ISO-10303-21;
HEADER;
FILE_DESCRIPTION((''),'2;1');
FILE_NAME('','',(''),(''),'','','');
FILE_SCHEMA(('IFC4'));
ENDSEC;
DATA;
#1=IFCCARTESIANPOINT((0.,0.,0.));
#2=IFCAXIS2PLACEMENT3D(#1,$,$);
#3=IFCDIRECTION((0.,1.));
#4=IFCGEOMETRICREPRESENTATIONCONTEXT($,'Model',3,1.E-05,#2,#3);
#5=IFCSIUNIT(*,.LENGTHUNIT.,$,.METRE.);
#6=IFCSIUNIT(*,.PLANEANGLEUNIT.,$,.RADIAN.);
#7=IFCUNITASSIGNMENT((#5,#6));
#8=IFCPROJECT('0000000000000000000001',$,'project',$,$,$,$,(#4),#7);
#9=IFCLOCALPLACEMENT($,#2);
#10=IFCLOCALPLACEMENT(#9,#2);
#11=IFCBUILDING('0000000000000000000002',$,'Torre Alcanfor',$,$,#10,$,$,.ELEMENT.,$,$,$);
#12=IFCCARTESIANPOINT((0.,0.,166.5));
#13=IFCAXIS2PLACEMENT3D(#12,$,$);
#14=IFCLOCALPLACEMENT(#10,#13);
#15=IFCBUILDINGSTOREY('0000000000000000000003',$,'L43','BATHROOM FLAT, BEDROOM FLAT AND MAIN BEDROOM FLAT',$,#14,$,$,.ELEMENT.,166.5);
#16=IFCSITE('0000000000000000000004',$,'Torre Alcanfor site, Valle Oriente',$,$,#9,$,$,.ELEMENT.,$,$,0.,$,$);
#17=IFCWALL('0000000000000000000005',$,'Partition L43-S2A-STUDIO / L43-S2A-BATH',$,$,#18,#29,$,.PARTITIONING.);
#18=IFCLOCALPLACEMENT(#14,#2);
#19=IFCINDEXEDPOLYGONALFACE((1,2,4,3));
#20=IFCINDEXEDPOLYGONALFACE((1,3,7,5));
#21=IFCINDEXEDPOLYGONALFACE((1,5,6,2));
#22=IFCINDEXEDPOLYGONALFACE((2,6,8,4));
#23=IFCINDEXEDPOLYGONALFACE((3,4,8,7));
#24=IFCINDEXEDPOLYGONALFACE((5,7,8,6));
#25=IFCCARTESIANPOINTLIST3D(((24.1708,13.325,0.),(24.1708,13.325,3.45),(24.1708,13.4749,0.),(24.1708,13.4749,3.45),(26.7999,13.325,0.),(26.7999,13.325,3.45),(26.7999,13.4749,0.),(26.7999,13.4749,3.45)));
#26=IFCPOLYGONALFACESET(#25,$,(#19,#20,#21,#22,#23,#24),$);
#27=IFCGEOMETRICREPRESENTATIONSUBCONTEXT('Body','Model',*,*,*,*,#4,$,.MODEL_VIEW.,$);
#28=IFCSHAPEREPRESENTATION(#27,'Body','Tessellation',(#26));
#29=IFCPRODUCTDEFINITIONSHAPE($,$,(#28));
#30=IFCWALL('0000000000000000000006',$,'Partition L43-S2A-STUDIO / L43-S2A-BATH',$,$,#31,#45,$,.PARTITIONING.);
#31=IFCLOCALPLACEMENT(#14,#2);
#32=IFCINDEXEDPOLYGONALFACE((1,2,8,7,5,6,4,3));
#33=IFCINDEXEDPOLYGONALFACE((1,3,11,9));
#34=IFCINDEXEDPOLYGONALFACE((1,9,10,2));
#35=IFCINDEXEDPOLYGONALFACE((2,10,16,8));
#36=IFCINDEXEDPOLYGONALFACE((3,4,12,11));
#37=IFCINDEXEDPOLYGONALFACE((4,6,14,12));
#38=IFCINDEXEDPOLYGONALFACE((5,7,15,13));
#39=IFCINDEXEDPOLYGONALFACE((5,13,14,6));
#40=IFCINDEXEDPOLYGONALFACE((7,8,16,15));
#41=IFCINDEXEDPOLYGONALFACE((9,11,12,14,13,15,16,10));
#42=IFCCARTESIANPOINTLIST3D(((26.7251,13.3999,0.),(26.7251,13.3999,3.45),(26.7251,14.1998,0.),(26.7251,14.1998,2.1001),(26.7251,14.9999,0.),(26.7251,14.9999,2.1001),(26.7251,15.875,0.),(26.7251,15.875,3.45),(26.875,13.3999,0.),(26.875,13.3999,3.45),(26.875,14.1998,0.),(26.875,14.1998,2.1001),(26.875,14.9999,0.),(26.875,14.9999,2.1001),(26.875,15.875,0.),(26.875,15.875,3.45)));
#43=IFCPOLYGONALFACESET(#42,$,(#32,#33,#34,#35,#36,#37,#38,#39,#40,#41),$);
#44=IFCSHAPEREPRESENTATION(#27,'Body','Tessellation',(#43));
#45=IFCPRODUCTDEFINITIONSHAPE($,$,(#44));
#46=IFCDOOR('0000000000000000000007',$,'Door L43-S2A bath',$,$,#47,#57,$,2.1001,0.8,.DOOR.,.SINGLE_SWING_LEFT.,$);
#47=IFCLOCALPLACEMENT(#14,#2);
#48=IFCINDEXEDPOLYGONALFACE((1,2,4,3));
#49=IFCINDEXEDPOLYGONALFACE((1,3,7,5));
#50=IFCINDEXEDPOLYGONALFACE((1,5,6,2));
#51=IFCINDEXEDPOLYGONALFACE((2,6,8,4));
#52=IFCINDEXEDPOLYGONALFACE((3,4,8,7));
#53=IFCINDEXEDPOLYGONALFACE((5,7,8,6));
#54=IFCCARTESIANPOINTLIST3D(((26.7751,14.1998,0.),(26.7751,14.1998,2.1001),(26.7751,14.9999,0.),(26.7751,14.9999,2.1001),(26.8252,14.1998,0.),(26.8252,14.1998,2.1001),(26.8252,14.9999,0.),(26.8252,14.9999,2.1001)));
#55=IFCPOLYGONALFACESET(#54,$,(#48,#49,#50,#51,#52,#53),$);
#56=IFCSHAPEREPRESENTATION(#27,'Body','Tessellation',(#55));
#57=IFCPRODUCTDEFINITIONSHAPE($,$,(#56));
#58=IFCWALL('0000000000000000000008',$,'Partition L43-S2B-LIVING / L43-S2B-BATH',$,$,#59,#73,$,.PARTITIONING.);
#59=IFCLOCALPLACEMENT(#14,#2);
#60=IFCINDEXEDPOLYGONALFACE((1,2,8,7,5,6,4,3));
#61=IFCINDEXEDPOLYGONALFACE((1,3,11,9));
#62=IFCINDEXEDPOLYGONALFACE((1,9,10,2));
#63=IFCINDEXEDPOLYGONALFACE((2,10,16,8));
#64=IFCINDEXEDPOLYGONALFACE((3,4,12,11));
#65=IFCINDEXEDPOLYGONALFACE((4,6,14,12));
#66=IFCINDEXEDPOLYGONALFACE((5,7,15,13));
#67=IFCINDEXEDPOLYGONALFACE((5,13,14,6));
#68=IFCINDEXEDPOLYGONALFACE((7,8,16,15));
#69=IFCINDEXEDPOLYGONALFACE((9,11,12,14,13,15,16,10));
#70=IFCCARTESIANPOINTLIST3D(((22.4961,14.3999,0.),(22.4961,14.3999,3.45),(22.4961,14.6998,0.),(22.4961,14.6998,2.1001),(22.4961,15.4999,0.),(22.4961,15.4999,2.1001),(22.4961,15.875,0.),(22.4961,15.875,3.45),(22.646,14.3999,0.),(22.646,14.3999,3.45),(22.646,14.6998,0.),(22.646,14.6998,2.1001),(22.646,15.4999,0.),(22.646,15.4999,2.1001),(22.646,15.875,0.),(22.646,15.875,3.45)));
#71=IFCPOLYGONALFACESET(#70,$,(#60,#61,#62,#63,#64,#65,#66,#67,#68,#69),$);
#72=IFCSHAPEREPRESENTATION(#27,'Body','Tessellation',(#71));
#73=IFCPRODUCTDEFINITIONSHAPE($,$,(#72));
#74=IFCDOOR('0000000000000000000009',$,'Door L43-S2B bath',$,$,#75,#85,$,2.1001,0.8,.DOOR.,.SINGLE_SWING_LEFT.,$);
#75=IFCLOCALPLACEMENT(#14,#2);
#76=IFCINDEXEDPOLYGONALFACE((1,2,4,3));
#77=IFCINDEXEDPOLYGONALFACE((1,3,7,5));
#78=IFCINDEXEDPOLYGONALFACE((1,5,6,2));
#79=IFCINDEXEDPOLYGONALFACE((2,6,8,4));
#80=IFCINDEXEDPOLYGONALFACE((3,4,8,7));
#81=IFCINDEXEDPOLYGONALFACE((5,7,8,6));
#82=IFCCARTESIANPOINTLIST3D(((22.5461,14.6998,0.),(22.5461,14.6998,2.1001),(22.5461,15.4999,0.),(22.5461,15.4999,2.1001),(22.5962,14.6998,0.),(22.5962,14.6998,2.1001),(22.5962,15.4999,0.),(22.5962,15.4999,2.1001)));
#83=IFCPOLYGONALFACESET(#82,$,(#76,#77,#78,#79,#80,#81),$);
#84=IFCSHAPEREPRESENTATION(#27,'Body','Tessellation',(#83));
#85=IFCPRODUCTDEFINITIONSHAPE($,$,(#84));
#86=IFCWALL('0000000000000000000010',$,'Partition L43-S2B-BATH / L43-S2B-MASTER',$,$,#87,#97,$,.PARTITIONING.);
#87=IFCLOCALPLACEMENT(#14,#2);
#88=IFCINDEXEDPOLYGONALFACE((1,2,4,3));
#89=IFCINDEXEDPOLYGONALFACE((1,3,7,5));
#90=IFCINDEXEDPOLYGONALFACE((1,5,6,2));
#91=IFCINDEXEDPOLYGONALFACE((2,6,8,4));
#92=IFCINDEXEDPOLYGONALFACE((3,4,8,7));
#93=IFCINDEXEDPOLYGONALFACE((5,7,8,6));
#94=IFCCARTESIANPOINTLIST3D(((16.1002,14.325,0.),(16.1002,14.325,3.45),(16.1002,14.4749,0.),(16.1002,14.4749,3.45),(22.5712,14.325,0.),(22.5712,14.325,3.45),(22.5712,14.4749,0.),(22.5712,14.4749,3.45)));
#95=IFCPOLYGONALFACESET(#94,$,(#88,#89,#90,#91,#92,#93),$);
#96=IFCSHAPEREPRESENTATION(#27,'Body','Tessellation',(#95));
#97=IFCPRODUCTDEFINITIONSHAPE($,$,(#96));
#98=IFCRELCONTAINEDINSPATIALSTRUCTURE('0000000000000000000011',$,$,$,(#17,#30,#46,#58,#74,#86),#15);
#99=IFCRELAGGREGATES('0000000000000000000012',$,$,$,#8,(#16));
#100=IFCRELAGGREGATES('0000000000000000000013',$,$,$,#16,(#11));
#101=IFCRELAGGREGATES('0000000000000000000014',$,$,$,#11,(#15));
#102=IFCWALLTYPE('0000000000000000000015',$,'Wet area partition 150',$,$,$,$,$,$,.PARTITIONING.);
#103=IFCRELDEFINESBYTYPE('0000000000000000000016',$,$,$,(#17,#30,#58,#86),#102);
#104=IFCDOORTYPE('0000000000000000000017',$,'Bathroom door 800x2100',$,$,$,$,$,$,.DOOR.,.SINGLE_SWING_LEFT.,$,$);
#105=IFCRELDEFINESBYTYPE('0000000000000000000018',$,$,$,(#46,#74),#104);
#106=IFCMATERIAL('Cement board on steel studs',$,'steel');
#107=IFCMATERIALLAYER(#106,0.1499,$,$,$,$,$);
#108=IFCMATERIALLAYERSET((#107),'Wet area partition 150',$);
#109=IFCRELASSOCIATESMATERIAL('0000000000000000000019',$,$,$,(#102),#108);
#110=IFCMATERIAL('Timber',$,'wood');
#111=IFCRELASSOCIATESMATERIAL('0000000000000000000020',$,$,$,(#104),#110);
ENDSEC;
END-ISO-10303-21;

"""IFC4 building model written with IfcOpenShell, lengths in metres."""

from ifc_helpers import new_model, si_unit, direction, frame, frame_2d, origin, place, context, subcontext, project, spatial, rectangle, extrude, material, layer, layer_set, type_object, element, fill, save


model = new_model("IFC4")

# Units and contexts
model_context = context("Model", 3, precision=1e-05, world=origin(), true_north=direction((0.0, 1.0)))
body_context = subcontext(model_context, "Body", "Model", "MODEL_VIEW")
ifc_project = project(units=[si_unit("LENGTHUNIT", "METRE"), si_unit("PLANEANGLEUNIT", "RADIAN")], contexts=[model_context])

# Site, building, storey
site_placement = place(None, origin())
site = spatial("IfcSite", under=ifc_project, at=site_placement, Name="Torre Alcanfor site, Valle Oriente", CompositionType="ELEMENT", RefElevation=0.0)
building_placement = place(site_placement, origin())
building = spatial("IfcBuilding", under=site, at=building_placement, Name="Torre Alcanfor", CompositionType="ELEMENT")
storey_placement = place(building_placement, frame((0.0, 0.0, 166.5)))
storey = spatial("IfcBuildingStorey", under=building, at=storey_placement, Name="L43", Description="BATHROOM FLAT, BEDROOM FLAT AND MAIN BEDROOM FLAT", CompositionType="ELEMENT", Elevation=166.5)

# Wall
ifc_material_1 = material(Name="Cement board on steel studs", Category="steel")
ifc_layer_1 = layer(ifc_material_1, 0.1499)
ifc_layer_set_1 = layer_set([ifc_layer_1], Name="Wet area partition 150")
wall_type_1 = type_object("IfcWallType", Name="Wet area partition 150", PredefinedType="PARTITIONING", material=ifc_layer_set_1)
wall_1_placement = place(storey_placement, frame((24.1709, 13.3999, 0.0), z_axis=(0.0, 0.0, 1.0), x_axis=(1.0, 0.0, 0.0)))
element("IfcWall", 1, at=wall_1_placement, inside=storey, type_object=wall_type_1, Name="Partition L43-S2A-STUDIO / L43-S2A-BATH", PredefinedType="PARTITIONING", context=body_context, shape_type="SweptSolid", body=[
    extrude(rectangle(XDim=2.6292, YDim=0.1499, at=frame_2d((1.3145, 0.0))), origin(), (0.0, 0.0, 1.0), 3.45),
])

# Walls, openings, doors
wall_2_placement = place(storey_placement, frame((26.8, 13.3999, 0.0), z_axis=(0.0, 0.0, 1.0), x_axis=(0.0, 1.0, 0.0)))
wall_2 = element("IfcWall", 2, at=wall_2_placement, inside=storey, type_object=wall_type_1, Name="Partition L43-S2A-STUDIO / L43-S2A-BATH", PredefinedType="PARTITIONING", context=body_context, shape_type="SweptSolid", body=[
    extrude(rectangle(XDim=2.4751, YDim=0.1499, at=frame_2d((1.2375, 0.0))), origin(), (0.0, 0.0, 1.0), 3.45),
])
opening_1_placement = place(wall_2_placement, frame((0.8, 0.0, 0.0)))
opening_1 = element("IfcOpeningElement", 3, at=opening_1_placement, cuts=wall_2, PredefinedType="OPENING", context=body_context, shape_type="SweptSolid", body=[
    extrude(rectangle(XDim=0.8, YDim=2.1001, at=frame_2d((0.3999, 1.05))), frame((0.0, 0.085, 0.0), z_axis=(0.0, -1.0, 0.0), x_axis=(1.0, 0.0, 0.0)), (0.0, 0.0, 1.0), 0.1699),
])
ifc_material_2 = material(Name="Timber", Category="wood")
door_type_1 = type_object("IfcDoorType", Name="Bathroom door 800x2100", OperationType="SINGLE_SWING_LEFT", PredefinedType="DOOR", material=ifc_material_2)
door_1_placement = place(opening_1_placement, origin())
door_1 = element("IfcDoor", 4, at=door_1_placement, inside=storey, type_object=door_type_1, Name="Door L43-S2A bath", OperationType="SINGLE_SWING_LEFT", OverallHeight=2.1001, OverallWidth=0.8, PredefinedType="DOOR", context=body_context, shape_type="SweptSolid", body=[
    extrude(rectangle(XDim=0.8, YDim=2.1001, at=frame_2d((0.3999, 1.05))), frame((0.0, 0.0249, 0.0), z_axis=(0.0, -1.0, 0.0), x_axis=(1.0, 0.0, 0.0)), (0.0, 0.0, 1.0), 0.05),
])
fill(opening_1, door_1)
wall_3_placement = place(storey_placement, frame((22.571, 14.3999, 0.0), z_axis=(0.0, 0.0, 1.0), x_axis=(0.0, 1.0, 0.0)))
wall_3 = element("IfcWall", 5, at=wall_3_placement, inside=storey, type_object=wall_type_1, Name="Partition L43-S2B-LIVING / L43-S2B-BATH", PredefinedType="PARTITIONING", context=body_context, shape_type="SweptSolid", body=[
    extrude(rectangle(XDim=1.4751, YDim=0.1499, at=frame_2d((0.7375, 0.0))), origin(), (0.0, 0.0, 1.0), 3.45),
])
opening_2_placement = place(wall_3_placement, frame((0.3, 0.0, 0.0)))
opening_2 = element("IfcOpeningElement", 6, at=opening_2_placement, cuts=wall_3, PredefinedType="OPENING", context=body_context, shape_type="SweptSolid", body=[
    extrude(rectangle(XDim=0.8, YDim=2.1001, at=frame_2d((0.3999, 1.05))), frame((0.0, 0.085, 0.0), z_axis=(0.0, -1.0, 0.0), x_axis=(1.0, 0.0, 0.0)), (0.0, 0.0, 1.0), 0.1699),
])
door_2_placement = place(opening_2_placement, origin())
door_2 = element("IfcDoor", 7, at=door_2_placement, inside=storey, type_object=door_type_1, Name="Door L43-S2B bath", OperationType="SINGLE_SWING_LEFT", OverallHeight=2.1001, OverallWidth=0.8, PredefinedType="DOOR", context=body_context, shape_type="SweptSolid", body=[
    extrude(rectangle(XDim=0.8, YDim=2.1001, at=frame_2d((0.3999, 1.05))), frame((0.0, 0.0249, 0.0), z_axis=(0.0, -1.0, 0.0), x_axis=(1.0, 0.0, 0.0)), (0.0, 0.0, 1.0), 0.05),
])
fill(opening_2, door_2)

# Wall
wall_4_placement = place(storey_placement, frame((22.571, 14.3999, 0.0), z_axis=(0.0, 0.0, 1.0), x_axis=(-1.0, 0.0, 0.0)))
element("IfcWall", 8, at=wall_4_placement, inside=storey, type_object=wall_type_1, Name="Partition L43-S2B-BATH / L43-S2B-MASTER", PredefinedType="PARTITIONING", context=body_context, shape_type="SweptSolid", body=[
    extrude(rectangle(XDim=6.4709, YDim=0.1499, at=frame_2d((3.2354, 0.0))), origin(), (0.0, 0.0, 1.0), 3.45),
])

save(model, "model.ifc")
